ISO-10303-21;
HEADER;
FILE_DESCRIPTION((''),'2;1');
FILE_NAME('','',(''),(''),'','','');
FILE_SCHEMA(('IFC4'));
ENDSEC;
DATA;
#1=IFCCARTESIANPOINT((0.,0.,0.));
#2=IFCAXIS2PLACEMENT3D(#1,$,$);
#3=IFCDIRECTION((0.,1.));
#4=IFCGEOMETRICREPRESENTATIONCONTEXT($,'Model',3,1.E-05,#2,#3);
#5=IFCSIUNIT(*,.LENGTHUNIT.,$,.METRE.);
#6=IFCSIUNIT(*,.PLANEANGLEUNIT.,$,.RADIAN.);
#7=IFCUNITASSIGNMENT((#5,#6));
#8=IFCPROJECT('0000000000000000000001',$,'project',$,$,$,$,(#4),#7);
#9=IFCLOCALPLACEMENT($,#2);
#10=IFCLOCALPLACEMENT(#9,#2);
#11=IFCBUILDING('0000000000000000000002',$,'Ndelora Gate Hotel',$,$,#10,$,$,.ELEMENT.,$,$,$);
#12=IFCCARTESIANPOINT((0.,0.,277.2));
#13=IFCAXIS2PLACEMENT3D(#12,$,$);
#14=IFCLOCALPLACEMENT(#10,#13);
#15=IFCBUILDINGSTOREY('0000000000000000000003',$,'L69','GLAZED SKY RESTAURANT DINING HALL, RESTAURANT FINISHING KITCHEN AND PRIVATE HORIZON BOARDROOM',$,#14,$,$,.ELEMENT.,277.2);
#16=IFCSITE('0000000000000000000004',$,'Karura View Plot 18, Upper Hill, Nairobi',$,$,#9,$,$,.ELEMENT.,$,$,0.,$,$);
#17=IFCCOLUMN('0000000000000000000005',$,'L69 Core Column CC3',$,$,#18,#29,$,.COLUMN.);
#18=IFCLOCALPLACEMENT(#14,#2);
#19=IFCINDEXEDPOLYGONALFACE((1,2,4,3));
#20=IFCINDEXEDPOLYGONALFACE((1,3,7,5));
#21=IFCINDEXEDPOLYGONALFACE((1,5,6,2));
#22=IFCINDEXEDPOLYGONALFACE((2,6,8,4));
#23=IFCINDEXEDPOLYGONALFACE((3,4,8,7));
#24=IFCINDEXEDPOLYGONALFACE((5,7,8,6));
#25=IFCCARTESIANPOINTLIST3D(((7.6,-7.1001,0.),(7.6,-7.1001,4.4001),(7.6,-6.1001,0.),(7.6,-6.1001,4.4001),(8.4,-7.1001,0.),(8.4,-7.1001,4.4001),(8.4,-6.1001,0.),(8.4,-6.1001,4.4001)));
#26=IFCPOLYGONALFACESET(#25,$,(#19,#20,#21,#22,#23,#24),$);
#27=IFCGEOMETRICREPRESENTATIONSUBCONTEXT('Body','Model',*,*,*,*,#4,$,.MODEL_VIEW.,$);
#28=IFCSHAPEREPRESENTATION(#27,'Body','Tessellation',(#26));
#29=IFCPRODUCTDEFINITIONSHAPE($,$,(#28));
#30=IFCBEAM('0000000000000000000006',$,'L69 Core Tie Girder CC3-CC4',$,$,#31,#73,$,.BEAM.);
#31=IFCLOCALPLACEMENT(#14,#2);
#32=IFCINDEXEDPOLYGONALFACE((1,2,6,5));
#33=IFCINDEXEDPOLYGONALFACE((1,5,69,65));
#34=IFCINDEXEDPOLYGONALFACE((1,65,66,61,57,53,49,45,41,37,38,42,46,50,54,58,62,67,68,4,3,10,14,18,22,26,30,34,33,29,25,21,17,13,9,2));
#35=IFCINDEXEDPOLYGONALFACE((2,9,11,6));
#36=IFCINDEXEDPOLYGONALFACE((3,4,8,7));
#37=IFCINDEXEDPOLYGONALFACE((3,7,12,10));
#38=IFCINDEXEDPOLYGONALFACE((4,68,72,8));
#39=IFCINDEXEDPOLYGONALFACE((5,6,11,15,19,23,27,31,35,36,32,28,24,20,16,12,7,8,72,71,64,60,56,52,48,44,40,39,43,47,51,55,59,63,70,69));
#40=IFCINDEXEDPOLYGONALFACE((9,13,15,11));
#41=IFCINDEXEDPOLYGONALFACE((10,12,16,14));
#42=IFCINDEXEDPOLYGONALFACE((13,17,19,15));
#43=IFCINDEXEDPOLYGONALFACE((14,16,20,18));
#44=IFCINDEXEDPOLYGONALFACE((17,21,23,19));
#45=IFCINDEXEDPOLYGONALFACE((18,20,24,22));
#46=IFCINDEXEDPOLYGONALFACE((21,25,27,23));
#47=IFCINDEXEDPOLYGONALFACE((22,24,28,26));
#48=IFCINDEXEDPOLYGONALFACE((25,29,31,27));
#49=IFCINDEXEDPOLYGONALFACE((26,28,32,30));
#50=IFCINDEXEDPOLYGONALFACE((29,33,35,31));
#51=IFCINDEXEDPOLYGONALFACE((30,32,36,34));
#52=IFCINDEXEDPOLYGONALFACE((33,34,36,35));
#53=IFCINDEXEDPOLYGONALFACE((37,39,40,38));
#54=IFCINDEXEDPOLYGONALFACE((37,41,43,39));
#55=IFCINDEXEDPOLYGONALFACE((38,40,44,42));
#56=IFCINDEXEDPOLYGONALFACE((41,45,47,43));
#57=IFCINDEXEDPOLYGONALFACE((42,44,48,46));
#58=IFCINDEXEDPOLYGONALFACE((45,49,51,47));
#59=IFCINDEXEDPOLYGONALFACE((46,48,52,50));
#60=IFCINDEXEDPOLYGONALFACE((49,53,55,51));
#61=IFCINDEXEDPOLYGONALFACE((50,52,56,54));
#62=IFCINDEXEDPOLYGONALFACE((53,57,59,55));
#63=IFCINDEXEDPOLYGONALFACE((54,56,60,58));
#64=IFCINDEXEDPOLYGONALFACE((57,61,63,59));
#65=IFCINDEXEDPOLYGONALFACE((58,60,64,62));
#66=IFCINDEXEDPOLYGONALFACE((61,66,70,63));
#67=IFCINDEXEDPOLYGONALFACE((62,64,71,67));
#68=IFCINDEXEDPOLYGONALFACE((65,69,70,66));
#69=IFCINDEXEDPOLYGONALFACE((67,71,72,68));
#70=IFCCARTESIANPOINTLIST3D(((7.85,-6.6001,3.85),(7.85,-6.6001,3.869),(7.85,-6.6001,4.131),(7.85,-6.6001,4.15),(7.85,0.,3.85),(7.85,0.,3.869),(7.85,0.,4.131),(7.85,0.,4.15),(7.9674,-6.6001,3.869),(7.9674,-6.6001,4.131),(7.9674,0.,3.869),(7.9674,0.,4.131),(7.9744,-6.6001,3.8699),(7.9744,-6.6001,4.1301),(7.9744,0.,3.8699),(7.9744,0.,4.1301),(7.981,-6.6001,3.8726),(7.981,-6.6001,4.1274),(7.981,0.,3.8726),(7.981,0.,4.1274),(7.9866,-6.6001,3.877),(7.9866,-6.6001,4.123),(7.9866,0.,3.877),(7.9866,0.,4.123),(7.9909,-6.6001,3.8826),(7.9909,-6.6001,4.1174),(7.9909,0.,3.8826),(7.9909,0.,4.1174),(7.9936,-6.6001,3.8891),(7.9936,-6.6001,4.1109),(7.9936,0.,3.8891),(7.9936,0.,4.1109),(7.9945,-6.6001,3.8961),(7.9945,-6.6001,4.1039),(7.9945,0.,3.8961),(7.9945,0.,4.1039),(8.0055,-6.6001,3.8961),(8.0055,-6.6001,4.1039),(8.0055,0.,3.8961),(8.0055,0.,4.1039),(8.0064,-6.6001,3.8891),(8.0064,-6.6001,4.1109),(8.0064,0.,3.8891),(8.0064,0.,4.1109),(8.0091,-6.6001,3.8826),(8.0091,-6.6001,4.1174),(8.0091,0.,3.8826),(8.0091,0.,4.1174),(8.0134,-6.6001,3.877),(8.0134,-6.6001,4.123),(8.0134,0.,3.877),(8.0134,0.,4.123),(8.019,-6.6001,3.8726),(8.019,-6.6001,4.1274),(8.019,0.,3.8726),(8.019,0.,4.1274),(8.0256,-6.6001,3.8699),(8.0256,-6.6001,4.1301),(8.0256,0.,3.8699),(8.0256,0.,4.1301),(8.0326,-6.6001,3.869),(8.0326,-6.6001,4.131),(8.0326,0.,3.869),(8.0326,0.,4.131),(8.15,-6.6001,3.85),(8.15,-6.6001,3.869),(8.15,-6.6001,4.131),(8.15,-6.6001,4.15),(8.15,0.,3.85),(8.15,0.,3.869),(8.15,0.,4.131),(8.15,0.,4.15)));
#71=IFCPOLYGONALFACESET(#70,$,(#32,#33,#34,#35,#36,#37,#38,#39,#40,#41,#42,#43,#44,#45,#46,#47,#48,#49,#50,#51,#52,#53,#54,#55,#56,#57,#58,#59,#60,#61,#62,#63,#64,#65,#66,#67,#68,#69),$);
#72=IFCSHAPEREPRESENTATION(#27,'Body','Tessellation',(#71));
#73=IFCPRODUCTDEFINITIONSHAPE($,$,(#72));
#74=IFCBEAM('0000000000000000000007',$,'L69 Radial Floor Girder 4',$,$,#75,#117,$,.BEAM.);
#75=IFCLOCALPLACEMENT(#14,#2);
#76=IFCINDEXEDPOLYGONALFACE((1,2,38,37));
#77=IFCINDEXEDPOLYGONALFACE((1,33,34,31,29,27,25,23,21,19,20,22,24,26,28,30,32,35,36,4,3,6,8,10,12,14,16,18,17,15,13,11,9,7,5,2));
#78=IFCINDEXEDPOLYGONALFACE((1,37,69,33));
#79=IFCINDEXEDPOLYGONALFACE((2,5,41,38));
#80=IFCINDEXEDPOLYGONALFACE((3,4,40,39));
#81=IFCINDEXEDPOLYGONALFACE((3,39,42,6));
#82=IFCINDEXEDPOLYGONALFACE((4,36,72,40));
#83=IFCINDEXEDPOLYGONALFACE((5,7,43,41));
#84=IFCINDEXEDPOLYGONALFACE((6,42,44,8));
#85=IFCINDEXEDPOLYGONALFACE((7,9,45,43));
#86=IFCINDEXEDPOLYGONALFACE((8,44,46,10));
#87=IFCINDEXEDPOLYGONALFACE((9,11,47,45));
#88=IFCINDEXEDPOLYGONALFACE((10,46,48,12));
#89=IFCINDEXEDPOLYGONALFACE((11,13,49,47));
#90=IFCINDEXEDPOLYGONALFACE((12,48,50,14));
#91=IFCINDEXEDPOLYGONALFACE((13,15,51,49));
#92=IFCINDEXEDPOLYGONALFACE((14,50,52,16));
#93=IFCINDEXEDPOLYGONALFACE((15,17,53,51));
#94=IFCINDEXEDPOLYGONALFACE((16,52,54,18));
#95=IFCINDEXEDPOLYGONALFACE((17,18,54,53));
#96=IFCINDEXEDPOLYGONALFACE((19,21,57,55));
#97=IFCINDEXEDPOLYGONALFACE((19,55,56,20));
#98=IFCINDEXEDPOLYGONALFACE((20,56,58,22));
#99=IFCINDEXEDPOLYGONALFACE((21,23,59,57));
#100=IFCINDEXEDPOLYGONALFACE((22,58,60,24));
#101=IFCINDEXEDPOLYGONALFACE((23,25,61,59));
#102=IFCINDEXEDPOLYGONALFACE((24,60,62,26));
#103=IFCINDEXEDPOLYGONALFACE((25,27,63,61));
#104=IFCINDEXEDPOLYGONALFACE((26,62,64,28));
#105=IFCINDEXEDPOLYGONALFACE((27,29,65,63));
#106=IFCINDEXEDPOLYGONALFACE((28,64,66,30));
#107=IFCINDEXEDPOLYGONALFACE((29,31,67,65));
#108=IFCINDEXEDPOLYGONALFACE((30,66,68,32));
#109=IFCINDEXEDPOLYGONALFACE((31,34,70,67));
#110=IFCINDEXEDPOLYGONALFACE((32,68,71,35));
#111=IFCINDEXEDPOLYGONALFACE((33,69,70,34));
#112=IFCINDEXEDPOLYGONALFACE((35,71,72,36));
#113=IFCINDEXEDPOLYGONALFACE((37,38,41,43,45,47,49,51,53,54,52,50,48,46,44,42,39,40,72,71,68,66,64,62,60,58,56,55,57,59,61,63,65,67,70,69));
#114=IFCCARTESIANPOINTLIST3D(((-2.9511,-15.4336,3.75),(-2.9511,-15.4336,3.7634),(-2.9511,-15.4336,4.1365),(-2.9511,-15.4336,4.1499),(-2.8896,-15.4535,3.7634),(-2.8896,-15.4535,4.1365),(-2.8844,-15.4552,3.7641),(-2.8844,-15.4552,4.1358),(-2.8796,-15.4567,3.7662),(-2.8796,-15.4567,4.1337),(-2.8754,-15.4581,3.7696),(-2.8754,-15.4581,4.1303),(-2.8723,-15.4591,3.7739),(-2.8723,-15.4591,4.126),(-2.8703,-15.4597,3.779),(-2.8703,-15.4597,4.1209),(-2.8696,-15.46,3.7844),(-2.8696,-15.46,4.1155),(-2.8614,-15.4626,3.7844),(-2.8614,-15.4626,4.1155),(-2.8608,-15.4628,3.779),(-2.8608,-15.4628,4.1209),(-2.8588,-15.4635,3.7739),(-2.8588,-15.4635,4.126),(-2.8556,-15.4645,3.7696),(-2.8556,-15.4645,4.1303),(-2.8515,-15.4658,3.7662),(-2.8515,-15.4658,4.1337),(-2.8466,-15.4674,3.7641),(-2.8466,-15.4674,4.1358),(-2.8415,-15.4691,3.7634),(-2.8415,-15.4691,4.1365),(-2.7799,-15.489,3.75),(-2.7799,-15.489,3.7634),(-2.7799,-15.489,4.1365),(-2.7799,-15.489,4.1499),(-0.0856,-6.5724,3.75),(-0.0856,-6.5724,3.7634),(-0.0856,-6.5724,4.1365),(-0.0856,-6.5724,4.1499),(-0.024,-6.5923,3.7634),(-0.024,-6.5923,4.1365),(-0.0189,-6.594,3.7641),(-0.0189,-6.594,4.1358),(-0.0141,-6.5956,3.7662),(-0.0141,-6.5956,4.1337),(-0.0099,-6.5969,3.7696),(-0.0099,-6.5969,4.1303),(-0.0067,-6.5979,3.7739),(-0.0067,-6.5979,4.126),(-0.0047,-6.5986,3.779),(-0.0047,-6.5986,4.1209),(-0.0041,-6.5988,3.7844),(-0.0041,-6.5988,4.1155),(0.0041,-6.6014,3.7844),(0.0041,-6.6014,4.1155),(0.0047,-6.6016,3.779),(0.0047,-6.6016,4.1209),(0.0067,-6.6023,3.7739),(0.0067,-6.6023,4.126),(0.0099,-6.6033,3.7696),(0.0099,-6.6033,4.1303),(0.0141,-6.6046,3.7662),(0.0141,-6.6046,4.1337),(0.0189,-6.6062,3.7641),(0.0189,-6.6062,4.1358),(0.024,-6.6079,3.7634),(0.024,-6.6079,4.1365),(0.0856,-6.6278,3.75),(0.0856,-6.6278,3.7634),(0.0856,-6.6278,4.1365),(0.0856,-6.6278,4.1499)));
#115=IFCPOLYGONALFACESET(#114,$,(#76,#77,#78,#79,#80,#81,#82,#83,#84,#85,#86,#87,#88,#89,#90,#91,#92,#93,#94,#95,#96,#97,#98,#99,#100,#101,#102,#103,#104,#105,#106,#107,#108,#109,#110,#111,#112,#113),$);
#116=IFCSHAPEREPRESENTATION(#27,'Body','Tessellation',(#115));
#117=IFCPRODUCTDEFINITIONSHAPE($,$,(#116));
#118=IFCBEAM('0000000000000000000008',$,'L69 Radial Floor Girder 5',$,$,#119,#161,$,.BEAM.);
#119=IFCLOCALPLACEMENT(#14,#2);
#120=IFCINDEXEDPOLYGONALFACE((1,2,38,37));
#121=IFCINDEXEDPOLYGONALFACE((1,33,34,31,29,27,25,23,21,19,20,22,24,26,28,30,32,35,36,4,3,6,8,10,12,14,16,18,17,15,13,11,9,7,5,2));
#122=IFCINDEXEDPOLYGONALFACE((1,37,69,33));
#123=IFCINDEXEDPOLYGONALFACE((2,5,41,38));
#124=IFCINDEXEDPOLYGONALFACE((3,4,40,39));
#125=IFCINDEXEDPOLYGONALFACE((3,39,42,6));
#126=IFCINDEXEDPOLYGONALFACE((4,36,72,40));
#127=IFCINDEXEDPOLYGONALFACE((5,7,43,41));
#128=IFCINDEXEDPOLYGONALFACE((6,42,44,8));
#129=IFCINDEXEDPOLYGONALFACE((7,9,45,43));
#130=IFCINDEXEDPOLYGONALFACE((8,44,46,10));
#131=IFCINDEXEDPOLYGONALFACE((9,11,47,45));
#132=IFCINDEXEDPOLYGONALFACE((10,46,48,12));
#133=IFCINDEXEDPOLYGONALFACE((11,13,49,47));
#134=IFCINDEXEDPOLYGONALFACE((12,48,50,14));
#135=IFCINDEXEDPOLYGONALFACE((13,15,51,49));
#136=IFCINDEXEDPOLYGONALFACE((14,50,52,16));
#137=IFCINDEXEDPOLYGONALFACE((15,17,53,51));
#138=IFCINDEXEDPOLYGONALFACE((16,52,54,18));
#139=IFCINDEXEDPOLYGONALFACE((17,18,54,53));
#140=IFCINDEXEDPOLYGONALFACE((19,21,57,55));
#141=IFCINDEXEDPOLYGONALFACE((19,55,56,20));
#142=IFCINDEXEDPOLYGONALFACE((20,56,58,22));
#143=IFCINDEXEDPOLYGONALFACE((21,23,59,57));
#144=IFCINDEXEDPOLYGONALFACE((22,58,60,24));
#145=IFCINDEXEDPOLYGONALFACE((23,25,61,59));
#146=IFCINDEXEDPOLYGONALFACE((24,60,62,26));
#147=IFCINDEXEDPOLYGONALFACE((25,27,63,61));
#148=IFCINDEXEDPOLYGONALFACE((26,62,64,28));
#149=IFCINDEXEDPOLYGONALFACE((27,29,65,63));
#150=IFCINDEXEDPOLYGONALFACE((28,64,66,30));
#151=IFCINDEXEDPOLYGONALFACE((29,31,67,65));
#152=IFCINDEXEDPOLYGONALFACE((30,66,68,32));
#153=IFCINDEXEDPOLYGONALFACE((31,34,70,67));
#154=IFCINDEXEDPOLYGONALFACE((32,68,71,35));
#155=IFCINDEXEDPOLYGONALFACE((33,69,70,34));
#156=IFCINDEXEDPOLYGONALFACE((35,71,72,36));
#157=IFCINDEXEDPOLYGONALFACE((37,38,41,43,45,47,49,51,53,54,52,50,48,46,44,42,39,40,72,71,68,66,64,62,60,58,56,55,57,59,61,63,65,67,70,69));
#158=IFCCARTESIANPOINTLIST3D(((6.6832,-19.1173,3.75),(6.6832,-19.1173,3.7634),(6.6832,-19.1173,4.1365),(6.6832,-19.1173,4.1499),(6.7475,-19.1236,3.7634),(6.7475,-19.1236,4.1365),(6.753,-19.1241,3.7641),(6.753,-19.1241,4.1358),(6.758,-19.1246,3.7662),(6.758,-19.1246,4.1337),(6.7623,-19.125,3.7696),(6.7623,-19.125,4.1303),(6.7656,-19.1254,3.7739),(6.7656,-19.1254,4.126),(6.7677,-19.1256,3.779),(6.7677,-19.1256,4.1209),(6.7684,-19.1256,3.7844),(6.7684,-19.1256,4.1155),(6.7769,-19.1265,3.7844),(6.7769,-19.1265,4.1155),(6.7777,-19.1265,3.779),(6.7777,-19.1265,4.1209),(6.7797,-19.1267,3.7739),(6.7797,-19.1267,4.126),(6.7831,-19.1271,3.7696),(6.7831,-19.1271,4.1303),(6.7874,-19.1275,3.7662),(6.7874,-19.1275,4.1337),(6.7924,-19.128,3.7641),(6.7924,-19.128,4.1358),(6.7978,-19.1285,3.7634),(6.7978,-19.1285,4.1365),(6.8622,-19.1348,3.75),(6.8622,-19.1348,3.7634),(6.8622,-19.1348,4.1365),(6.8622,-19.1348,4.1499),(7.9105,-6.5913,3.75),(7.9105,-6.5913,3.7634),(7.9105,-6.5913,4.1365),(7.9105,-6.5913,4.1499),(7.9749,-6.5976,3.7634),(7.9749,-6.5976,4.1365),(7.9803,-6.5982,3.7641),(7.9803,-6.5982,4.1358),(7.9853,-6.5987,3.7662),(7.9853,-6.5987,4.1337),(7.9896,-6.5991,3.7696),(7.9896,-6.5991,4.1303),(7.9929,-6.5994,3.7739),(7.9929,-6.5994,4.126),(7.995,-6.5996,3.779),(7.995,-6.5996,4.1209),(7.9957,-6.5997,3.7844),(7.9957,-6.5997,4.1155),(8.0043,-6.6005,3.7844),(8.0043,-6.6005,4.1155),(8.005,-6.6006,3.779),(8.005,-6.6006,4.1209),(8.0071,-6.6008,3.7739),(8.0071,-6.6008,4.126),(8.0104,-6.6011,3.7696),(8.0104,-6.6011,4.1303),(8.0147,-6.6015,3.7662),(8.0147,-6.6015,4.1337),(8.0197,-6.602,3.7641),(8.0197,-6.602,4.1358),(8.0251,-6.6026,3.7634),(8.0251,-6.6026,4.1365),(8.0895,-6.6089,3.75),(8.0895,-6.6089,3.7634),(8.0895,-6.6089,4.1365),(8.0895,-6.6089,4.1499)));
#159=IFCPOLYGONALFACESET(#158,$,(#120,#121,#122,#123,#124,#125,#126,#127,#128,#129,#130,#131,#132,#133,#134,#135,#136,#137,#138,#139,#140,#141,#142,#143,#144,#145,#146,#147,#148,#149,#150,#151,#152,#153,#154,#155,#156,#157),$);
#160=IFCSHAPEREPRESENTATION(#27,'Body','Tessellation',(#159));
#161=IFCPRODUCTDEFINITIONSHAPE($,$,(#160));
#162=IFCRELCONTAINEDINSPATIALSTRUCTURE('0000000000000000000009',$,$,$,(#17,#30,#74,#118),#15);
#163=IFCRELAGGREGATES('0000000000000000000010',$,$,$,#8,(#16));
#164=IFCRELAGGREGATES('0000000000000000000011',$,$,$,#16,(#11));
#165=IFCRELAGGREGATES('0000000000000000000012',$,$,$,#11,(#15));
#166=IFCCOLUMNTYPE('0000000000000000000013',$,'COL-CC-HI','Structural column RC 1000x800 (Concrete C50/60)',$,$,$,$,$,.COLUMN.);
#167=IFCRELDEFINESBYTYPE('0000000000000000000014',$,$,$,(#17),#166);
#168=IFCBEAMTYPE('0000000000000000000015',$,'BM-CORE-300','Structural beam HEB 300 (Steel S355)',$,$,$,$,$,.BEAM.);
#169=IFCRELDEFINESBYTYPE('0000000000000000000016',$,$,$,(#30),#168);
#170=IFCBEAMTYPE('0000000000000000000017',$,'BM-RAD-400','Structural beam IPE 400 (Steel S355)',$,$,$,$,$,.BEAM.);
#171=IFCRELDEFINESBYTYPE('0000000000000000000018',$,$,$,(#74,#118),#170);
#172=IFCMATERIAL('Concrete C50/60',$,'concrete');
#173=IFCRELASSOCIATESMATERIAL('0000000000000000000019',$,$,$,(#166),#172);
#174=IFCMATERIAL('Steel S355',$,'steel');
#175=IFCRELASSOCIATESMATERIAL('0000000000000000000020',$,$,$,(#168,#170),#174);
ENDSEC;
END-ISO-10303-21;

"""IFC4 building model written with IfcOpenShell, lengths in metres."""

from ifc_helpers import new_model, si_unit, direction, frame, origin, origin_2d, place, context, subcontext, project, spatial, rectangle, i_section, extrude, material, material_profile, profile_set, type_object, element, save


model = new_model("IFC4")

# Units and contexts
model_context = context("Model", 3, precision=1e-05, world=origin(), true_north=direction((0.0, 1.0)))
body_context = subcontext(model_context, "Body", "Model", "MODEL_VIEW")
ifc_project = project(units=[si_unit("LENGTHUNIT", "METRE"), si_unit("PLANEANGLEUNIT", "RADIAN")], contexts=[model_context])

# Site, building, storey
site_placement = place(None, origin())
site = spatial("IfcSite", under=ifc_project, at=site_placement, Name="Karura View Plot 18, Upper Hill, Nairobi", CompositionType="ELEMENT", RefElevation=0.0)
building_placement = place(site_placement, origin())
building = spatial("IfcBuilding", under=site, at=building_placement, Name="Ndelora Gate Hotel", CompositionType="ELEMENT")
storey_placement = place(building_placement, frame((0.0, 0.0, 277.2)))
storey = spatial("IfcBuildingStorey", under=building, at=storey_placement, Name="L69", Description="GLAZED SKY RESTAURANT DINING HALL, RESTAURANT FINISHING KITCHEN AND PRIVATE HORIZON BOARDROOM", CompositionType="ELEMENT", Elevation=277.2)

# Column
ifc_material_1 = material(Name="Concrete C50/60", Category="concrete")
ifc_material_profile_1 = material_profile(ifc_material_1, rectangle(XDim=0.8, YDim=1.0, at=origin_2d()), Name="RC 1000x800")
ifc_profile_set_1 = profile_set([ifc_material_profile_1], Name="Concrete C50/60")
column_type = type_object("IfcColumnType", Name="COL-CC-HI", Description="Structural column RC 1000x800 (Concrete C50/60)", PredefinedType="COLUMN", material=ifc_profile_set_1)
column_placement = place(storey_placement, frame((8.0, -6.6001, 0.0), z_axis=(0.0, 0.0, 1.0), x_axis=(1.0, 0.0, 0.0)))
element("IfcColumn", 1, at=column_placement, inside=storey, type_object=column_type, Name="L69 Core Column CC3", PredefinedType="COLUMN", context=body_context, shape_type="SweptSolid", body=[
    extrude(rectangle(XDim=0.8, YDim=1.0, at=origin_2d()), origin(), (0.0, 0.0, 1.0), 4.4001),
])

# Beams
ifc_material_2 = material(Name="Steel S355", Category="steel")
ifc_material_profile_2 = material_profile(ifc_material_2, i_section(OverallWidth=0.3, OverallDepth=0.3, WebThickness=0.011, FlangeThickness=0.019, FilletRadius=0.0271, at=origin_2d()), Name="HEB 300")
ifc_profile_set_2 = profile_set([ifc_material_profile_2], Name="Steel S355")
beam_type_1 = type_object("IfcBeamType", Name="BM-CORE-300", Description="Structural beam HEB 300 (Steel S355)", PredefinedType="BEAM", material=ifc_profile_set_2)
beam_1_placement = place(storey_placement, frame((8.0, -6.6001, 4.0), z_axis=(0.0, 1.0, 0.0), x_axis=(-1.0, 0.0, 0.0)))
element("IfcBeam", 2, at=beam_1_placement, inside=storey, type_object=beam_type_1, Name="L69 Core Tie Girder CC3-CC4", PredefinedType="BEAM", context=body_context, shape_type="SweptSolid", body=[
    extrude(i_section(OverallWidth=0.3, OverallDepth=0.3, WebThickness=0.011, FlangeThickness=0.019, FilletRadius=0.0271, at=origin_2d()), origin(), (0.0, 0.0, 1.0), 6.6001),
])
ifc_material_profile_3 = material_profile(ifc_material_2, i_section(OverallWidth=0.1799, OverallDepth=0.3999, WebThickness=0.0085, FlangeThickness=0.0134, FilletRadius=0.021, at=origin_2d()), Name="IPE 400")
ifc_profile_set_3 = profile_set([ifc_material_profile_3], Name="Steel S355")
beam_type_2 = type_object("IfcBeamType", Name="BM-RAD-400", Description="Structural beam IPE 400 (Steel S355)", PredefinedType="BEAM", material=ifc_profile_set_3)
beam_2_placement = place(storey_placement, frame((0.0, -6.6001, 3.95), z_axis=(-0.30769, -0.951487, 0.0), x_axis=(0.951487, -0.30769, 0.0)))
element("IfcBeam", 3, at=beam_2_placement, inside=storey, type_object=beam_type_2, Name="L69 Radial Floor Girder 4", PredefinedType="BEAM", context=body_context, shape_type="SweptSolid", body=[
    extrude(i_section(OverallWidth=0.1799, OverallDepth=0.3999, WebThickness=0.0085, FlangeThickness=0.0134, FilletRadius=0.021, at=origin_2d()), origin(), (0.0, 0.0, 1.0), 9.313),
])
beam_3_placement = place(storey_placement, frame((8.0, -6.6001, 3.95), z_axis=(-0.097514, -0.995234, 0.0), x_axis=(0.995234, -0.097514, 0.0)))
element("IfcBeam", 4, at=beam_3_placement, inside=storey, type_object=beam_type_2, Name="L69 Radial Floor Girder 5", PredefinedType="BEAM", context=body_context, shape_type="SweptSolid", body=[
    extrude(i_section(OverallWidth=0.1799, OverallDepth=0.3999, WebThickness=0.0085, FlangeThickness=0.0134, FilletRadius=0.021, at=origin_2d()), origin(), (0.0, 0.0, 1.0), 12.5859),
])

save(model, "model.ifc")
